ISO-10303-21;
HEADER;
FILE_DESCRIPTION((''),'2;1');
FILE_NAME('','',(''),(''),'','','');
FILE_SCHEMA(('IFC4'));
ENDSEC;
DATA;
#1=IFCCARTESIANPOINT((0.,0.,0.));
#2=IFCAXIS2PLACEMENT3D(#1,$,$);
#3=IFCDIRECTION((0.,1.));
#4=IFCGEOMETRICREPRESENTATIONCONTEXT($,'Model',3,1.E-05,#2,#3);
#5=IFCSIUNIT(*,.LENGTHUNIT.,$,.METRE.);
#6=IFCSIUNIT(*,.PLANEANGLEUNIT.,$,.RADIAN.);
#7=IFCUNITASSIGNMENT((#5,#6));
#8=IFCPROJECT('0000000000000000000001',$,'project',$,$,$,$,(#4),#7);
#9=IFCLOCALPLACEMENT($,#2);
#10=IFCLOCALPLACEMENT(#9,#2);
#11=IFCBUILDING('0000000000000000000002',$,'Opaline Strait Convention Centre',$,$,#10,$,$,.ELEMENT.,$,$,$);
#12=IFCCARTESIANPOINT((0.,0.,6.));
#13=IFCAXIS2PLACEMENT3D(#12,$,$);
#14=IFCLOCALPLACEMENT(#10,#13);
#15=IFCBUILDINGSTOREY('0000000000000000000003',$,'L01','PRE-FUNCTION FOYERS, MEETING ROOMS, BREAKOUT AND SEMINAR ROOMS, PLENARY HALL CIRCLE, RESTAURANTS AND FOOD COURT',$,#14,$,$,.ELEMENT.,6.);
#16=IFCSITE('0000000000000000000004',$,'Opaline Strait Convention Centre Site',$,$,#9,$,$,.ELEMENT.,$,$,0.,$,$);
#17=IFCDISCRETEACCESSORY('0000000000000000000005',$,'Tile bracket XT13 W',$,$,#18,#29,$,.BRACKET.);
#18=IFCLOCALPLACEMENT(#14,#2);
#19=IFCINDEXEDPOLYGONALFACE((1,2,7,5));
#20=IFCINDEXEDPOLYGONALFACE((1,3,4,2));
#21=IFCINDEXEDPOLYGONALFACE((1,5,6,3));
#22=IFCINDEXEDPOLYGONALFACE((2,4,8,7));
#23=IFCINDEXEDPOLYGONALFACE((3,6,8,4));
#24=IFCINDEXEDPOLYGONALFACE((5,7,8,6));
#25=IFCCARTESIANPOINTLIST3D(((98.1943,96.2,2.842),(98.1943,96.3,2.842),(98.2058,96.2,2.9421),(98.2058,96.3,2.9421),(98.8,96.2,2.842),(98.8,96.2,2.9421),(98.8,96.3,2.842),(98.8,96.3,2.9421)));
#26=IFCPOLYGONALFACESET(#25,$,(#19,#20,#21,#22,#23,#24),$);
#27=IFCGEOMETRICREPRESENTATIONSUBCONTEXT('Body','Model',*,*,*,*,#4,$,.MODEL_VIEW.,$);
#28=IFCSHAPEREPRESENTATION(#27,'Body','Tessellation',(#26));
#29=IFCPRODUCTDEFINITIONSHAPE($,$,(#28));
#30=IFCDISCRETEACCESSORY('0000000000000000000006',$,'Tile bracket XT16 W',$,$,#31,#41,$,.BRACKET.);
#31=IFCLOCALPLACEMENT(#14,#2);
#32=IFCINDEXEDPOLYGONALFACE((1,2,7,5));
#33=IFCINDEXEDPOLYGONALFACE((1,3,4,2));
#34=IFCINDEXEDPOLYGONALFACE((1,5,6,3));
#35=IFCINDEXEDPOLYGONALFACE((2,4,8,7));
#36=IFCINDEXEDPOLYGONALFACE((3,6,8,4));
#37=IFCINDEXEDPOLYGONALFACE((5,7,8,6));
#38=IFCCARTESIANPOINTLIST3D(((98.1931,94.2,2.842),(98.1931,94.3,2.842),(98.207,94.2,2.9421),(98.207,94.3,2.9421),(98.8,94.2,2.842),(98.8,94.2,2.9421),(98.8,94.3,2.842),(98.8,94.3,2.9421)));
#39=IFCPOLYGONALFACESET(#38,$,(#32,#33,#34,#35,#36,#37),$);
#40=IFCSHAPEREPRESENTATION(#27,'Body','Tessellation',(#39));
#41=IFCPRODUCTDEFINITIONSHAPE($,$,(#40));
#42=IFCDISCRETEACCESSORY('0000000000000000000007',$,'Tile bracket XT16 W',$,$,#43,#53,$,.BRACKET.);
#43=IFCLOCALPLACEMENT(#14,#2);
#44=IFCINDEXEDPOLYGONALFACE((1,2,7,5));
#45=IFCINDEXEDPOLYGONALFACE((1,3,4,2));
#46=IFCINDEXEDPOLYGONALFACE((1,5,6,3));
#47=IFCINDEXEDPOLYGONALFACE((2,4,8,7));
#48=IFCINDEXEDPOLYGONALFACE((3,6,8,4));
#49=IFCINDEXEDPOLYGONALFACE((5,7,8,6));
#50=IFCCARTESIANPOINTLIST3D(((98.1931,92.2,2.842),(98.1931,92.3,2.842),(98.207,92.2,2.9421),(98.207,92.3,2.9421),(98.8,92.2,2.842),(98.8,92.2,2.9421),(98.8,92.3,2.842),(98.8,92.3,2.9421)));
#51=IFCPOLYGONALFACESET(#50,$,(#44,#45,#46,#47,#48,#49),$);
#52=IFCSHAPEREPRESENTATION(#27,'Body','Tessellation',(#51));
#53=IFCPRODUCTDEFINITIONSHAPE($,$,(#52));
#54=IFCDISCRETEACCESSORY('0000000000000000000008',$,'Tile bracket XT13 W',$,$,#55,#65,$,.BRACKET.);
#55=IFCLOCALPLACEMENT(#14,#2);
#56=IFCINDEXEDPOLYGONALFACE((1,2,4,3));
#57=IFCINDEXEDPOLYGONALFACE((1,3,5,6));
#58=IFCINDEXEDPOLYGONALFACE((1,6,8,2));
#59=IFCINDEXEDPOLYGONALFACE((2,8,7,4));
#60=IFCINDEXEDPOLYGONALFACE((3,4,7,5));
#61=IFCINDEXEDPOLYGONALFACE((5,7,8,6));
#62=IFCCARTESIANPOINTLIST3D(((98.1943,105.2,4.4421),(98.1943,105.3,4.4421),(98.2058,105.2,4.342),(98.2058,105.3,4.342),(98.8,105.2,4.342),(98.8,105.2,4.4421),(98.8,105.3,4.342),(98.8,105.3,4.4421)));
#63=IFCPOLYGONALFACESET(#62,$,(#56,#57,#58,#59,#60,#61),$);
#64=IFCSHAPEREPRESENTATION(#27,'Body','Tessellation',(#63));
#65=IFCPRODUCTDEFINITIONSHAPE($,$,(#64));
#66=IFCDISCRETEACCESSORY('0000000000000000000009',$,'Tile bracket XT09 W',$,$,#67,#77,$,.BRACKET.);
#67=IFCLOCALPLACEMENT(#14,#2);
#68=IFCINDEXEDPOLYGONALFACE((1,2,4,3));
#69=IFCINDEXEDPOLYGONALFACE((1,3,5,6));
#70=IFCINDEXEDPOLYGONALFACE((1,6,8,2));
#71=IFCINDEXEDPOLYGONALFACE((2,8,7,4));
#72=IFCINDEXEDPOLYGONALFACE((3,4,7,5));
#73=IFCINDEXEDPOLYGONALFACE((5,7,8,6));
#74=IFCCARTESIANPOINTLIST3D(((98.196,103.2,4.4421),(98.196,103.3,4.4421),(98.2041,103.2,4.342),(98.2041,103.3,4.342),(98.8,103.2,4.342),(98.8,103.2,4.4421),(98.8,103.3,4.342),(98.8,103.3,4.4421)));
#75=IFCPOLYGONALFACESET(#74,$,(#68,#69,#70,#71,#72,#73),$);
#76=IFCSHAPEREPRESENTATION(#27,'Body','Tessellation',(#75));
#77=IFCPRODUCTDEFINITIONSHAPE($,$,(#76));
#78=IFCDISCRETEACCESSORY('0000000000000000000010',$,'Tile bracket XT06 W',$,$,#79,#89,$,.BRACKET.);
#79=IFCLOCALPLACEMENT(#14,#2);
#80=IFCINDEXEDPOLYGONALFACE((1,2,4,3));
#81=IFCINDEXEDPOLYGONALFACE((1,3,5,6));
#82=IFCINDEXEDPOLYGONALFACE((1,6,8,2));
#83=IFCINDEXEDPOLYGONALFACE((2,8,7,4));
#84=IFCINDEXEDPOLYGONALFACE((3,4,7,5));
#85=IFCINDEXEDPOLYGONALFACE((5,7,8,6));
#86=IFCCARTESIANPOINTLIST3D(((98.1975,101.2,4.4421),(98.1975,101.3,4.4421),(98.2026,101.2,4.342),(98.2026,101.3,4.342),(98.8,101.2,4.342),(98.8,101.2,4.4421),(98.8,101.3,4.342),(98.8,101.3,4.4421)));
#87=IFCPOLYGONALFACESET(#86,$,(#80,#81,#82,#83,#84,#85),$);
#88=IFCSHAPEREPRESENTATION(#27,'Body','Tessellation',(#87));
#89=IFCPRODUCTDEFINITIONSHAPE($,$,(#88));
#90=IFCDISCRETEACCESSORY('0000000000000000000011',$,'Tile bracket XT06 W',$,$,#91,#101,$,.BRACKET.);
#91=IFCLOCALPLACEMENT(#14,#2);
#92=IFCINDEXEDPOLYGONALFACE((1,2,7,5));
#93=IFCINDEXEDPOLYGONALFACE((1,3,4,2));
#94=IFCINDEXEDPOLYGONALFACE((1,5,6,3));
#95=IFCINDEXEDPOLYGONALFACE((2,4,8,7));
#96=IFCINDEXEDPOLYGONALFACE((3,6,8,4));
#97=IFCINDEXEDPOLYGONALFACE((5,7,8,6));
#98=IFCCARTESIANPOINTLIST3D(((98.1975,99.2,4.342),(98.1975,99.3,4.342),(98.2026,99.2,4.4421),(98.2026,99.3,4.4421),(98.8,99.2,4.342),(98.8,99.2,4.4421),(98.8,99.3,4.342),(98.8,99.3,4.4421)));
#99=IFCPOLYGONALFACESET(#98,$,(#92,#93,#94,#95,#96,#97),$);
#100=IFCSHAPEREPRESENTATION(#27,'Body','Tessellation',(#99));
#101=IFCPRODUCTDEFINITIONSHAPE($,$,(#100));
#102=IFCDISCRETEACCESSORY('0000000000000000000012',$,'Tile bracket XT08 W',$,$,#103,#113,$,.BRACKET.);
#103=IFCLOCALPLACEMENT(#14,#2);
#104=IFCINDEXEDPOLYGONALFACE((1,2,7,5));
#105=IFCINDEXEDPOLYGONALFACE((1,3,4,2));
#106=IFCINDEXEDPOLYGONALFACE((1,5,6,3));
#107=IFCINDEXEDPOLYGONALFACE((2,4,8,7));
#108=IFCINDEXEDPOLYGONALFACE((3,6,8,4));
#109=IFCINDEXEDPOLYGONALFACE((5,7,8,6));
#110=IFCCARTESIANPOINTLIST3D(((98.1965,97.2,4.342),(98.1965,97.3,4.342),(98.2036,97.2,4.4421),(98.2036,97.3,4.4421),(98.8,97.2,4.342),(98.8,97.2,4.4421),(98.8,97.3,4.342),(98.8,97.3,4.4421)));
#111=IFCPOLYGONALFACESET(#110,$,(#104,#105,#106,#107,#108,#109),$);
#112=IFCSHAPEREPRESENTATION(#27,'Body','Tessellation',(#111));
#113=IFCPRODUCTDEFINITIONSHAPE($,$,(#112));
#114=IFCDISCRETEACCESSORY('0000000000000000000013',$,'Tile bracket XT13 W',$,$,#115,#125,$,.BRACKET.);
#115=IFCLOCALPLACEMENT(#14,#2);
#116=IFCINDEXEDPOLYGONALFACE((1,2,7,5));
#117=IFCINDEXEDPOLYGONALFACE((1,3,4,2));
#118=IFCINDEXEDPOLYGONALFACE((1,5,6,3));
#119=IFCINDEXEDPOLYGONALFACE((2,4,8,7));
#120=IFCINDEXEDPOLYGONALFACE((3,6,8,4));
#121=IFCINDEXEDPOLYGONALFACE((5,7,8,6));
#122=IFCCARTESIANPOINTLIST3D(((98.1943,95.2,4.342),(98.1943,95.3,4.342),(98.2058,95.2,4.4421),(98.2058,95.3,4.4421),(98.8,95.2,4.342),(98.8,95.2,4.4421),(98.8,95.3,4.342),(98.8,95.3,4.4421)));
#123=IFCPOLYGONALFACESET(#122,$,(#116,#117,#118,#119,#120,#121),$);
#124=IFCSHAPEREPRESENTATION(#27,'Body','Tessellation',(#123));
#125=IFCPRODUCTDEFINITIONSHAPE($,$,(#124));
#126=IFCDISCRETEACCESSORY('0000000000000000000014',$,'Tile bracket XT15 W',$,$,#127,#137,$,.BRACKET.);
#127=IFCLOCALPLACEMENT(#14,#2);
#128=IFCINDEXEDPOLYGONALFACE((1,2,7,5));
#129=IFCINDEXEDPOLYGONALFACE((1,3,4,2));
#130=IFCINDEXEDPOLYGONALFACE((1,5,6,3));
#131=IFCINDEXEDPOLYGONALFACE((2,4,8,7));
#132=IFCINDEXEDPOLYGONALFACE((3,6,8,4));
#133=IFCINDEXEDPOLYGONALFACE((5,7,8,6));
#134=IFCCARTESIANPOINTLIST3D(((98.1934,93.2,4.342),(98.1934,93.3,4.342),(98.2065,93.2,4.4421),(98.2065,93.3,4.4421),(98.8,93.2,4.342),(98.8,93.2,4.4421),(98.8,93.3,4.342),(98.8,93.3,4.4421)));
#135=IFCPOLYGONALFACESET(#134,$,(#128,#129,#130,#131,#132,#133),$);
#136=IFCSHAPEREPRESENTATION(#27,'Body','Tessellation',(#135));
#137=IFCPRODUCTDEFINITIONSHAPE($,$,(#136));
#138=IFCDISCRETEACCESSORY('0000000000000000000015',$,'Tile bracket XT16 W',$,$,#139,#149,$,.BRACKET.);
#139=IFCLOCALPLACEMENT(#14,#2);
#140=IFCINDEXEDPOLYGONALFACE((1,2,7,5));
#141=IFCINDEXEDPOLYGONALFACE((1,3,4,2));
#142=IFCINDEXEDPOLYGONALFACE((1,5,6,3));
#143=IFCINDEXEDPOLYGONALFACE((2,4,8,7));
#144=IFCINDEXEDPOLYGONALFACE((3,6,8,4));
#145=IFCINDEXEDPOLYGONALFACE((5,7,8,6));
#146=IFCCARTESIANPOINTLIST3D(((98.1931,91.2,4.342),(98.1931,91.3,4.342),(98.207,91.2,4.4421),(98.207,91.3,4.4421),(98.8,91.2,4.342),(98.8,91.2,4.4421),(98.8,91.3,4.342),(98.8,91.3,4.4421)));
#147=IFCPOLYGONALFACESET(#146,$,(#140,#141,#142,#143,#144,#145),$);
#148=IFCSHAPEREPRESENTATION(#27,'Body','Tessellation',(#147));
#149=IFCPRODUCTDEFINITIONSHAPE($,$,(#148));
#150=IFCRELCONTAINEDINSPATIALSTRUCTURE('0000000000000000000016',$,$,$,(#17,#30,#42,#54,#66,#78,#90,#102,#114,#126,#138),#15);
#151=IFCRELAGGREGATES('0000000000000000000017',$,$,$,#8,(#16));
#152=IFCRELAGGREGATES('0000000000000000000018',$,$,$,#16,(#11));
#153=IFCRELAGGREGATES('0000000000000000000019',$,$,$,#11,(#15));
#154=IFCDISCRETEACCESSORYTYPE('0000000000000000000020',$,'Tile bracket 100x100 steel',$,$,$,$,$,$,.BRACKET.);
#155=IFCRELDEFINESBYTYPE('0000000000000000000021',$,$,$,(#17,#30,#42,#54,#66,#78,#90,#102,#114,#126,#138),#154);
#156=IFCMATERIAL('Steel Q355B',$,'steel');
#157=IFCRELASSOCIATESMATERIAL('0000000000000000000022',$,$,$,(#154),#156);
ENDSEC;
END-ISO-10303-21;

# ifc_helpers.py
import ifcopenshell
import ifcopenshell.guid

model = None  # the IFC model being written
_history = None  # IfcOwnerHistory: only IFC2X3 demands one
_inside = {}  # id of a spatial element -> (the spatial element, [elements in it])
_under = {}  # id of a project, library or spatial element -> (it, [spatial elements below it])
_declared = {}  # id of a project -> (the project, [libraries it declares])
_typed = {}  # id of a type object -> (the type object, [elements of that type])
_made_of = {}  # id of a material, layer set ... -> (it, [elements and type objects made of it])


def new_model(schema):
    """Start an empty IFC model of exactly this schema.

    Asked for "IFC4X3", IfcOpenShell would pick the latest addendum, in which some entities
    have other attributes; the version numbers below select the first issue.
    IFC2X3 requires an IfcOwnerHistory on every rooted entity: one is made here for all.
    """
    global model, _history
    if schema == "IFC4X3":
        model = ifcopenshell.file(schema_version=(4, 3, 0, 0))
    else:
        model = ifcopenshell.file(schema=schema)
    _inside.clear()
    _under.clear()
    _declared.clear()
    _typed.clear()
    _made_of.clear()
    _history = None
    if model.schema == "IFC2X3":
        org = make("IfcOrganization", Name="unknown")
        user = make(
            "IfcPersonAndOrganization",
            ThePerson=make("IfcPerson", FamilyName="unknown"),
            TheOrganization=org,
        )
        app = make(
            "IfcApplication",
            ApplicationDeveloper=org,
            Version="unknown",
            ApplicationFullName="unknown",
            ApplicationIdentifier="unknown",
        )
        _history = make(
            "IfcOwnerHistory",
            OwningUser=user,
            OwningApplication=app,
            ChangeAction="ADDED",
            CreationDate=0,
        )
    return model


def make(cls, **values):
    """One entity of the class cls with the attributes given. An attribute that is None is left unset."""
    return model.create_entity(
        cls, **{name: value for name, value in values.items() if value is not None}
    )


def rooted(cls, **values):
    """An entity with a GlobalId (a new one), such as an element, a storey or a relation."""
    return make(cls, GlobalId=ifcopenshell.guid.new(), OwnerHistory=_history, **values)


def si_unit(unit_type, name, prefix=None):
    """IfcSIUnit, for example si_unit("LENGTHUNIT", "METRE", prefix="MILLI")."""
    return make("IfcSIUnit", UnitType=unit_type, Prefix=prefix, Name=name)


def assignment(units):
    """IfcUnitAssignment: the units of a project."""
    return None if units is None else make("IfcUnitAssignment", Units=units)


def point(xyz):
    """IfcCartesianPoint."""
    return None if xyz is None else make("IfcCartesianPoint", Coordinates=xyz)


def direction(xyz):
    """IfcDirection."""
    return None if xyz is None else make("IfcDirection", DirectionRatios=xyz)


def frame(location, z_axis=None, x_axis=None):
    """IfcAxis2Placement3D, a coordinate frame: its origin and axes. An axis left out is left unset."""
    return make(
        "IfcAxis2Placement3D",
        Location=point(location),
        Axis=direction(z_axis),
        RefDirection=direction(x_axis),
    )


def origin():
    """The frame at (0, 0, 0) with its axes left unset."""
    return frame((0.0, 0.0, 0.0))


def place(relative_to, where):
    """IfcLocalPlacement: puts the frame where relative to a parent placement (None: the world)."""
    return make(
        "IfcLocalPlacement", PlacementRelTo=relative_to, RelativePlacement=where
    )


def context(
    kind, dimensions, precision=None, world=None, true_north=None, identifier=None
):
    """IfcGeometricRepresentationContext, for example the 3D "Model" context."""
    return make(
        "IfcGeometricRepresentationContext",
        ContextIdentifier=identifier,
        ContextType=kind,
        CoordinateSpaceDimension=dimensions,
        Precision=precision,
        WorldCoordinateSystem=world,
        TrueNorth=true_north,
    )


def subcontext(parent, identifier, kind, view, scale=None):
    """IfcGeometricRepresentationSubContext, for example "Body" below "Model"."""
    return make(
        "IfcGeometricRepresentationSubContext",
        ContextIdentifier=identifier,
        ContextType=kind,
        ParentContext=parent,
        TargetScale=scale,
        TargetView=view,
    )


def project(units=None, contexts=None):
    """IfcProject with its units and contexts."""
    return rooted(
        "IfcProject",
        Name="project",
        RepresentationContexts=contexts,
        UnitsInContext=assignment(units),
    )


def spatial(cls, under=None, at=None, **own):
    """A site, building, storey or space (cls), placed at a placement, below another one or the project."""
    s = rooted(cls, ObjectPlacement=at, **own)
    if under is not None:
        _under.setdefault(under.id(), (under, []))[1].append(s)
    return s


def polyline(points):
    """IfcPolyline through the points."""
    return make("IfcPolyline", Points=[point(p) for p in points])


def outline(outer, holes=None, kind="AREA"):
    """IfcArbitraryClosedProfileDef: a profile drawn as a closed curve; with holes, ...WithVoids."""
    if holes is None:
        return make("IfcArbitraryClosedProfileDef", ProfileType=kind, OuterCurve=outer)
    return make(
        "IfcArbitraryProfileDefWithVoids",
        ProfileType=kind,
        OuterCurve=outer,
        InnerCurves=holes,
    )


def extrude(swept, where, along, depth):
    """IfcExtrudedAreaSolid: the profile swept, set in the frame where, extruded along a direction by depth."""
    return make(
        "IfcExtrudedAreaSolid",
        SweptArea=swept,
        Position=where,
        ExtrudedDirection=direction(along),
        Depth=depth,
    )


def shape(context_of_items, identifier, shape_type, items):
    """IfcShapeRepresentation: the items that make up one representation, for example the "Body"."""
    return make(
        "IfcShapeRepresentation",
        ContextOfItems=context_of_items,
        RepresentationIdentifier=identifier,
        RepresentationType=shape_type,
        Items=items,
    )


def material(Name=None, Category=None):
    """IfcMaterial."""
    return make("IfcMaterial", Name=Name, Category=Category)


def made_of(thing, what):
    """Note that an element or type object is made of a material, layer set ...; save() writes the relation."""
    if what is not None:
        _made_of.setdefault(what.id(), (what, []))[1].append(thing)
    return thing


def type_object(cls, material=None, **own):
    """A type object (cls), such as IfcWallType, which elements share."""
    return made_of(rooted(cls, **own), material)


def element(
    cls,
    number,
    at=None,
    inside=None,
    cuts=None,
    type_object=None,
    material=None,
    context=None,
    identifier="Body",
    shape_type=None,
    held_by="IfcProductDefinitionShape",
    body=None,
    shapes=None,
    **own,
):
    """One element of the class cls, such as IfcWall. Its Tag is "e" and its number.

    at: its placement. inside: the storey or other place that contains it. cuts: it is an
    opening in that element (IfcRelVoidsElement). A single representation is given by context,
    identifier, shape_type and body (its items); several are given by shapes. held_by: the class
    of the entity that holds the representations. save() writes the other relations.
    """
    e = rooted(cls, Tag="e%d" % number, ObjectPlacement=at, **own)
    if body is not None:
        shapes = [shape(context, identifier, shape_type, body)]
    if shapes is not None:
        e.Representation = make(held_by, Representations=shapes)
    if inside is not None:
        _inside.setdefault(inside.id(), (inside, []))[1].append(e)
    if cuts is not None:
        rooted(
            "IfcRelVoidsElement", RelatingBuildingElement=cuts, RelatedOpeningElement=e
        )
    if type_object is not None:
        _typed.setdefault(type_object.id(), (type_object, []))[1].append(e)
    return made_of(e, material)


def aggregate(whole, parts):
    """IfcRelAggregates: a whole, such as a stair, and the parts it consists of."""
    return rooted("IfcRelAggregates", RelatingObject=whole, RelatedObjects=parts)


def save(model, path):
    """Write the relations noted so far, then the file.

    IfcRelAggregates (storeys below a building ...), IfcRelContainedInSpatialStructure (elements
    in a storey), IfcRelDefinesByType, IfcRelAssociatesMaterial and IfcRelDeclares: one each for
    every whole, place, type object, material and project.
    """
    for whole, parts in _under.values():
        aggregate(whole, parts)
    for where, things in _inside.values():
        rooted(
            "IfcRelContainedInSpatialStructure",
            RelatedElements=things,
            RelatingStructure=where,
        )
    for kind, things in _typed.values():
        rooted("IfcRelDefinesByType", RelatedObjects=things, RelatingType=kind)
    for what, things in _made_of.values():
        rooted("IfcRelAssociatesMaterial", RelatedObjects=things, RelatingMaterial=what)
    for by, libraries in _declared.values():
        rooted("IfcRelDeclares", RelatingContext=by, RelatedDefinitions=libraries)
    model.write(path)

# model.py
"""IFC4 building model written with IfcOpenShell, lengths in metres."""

from ifc_helpers import new_model, si_unit, direction, frame, origin, place, context, subcontext, project, spatial, polyline, outline, extrude, material, type_object, element, save


model = new_model("IFC4")

# Units and contexts
model_context = context("Model", 3, precision=1e-05, world=origin(), true_north=direction((0.0, 1.0)))
body_context = subcontext(model_context, "Body", "Model", "MODEL_VIEW")
ifc_project = project(units=[si_unit("LENGTHUNIT", "METRE"), si_unit("PLANEANGLEUNIT", "RADIAN")], contexts=[model_context])

# Site, building, storey
site_placement = place(None, origin())
site = spatial("IfcSite", under=ifc_project, at=site_placement, Name="Opaline Strait Convention Centre Site", CompositionType="ELEMENT", RefElevation=0.0)
building_placement = place(site_placement, origin())
building = spatial("IfcBuilding", under=site, at=building_placement, Name="Opaline Strait Convention Centre", CompositionType="ELEMENT")
storey_placement = place(building_placement, frame((0.0, 0.0, 6.0)))
storey = spatial("IfcBuildingStorey", under=building, at=storey_placement, Name="L01", Description="PRE-FUNCTION FOYERS, MEETING ROOMS, BREAKOUT AND SEMINAR ROOMS, PLENARY HALL CIRCLE, RESTAURANTS AND FOOD COURT", CompositionType="ELEMENT", Elevation=6.0)

# Discrete accessories
ifc_material_1 = material(Name="Steel Q355B", Category="steel")
discrete_accessory_type = type_object("IfcDiscreteAccessoryType", Name="Tile bracket 100x100 steel", PredefinedType="BRACKET", material=ifc_material_1)
discrete_accessory_1_placement = place(storey_placement, frame((98.8, 96.3, 2.8921), z_axis=(0.0, -1.0, 0.0), x_axis=(1.0, 0.0, 0.0)))
element("IfcDiscreteAccessory", 1, at=discrete_accessory_1_placement, inside=storey, type_object=discrete_accessory_type, Name="Tile bracket XT13 W", PredefinedType="BRACKET", context=body_context, shape_type="SweptSolid", body=[
    extrude(outline(polyline([(0.0, -0.05), (0.0, 0.05), (-0.5942, 0.05), (-0.6057, -0.05), (0.0, -0.05)])), origin(), (0.0, 0.0, 1.0), 0.1001),
])
for number, where, z_axis, x_axis, name in (
    (2, (98.8, 94.3, 2.8921), (0.0, -1.0, 0.0), (1.0, 0.0, 0.0), "Tile bracket XT16 W"),
    (3, (98.8, 92.3, 2.8921), (0.0, -1.0, 0.0), (1.0, 0.0, 0.0), "Tile bracket XT16 W"),
):
    element("IfcDiscreteAccessory", number, at=place(storey_placement, frame(where, z_axis=z_axis, x_axis=x_axis)), inside=storey, type_object=discrete_accessory_type, Name=name, PredefinedType="BRACKET", context=body_context, shape_type="SweptSolid", body=[
        extrude(outline(polyline([(0.0, -0.05), (0.0, 0.05), (-0.593, 0.05), (-0.6069, -0.05), (0.0, -0.05)])), origin(), (0.0, 0.0, 1.0), 0.1001),
    ])
discrete_accessory_2_placement = place(storey_placement, frame((98.8, 105.3, 4.3921), z_axis=(0.0, -1.0, 0.0), x_axis=(1.0, 0.0, 0.0)))
element("IfcDiscreteAccessory", 4, at=discrete_accessory_2_placement, inside=storey, type_object=discrete_accessory_type, Name="Tile bracket XT13 W", PredefinedType="BRACKET", context=body_context, shape_type="SweptSolid", body=[
    extrude(outline(polyline([(0.0, -0.05), (0.0, 0.05), (-0.6057, 0.05), (-0.5942, -0.05), (0.0, -0.05)])), origin(), (0.0, 0.0, 1.0), 0.1001),
])
discrete_accessory_3_placement = place(storey_placement, frame((98.8, 103.3, 4.3921), z_axis=(0.0, -1.0, 0.0), x_axis=(1.0, 0.0, 0.0)))
element("IfcDiscreteAccessory", 5, at=discrete_accessory_3_placement, inside=storey, type_object=discrete_accessory_type, Name="Tile bracket XT09 W", PredefinedType="BRACKET", context=body_context, shape_type="SweptSolid", body=[
    extrude(outline(polyline([(0.0, -0.05), (0.0, 0.05), (-0.604, 0.05), (-0.5959, -0.05), (0.0, -0.05)])), origin(), (0.0, 0.0, 1.0), 0.1001),
])
discrete_accessory_4_placement = place(storey_placement, frame((98.8, 101.3, 4.3921), z_axis=(0.0, -1.0, 0.0), x_axis=(1.0, 0.0, 0.0)))
element("IfcDiscreteAccessory", 6, at=discrete_accessory_4_placement, inside=storey, type_object=discrete_accessory_type, Name="Tile bracket XT06 W", PredefinedType="BRACKET", context=body_context, shape_type="SweptSolid", body=[
    extrude(outline(polyline([(0.0, -0.05), (0.0, 0.05), (-0.6025, 0.05), (-0.5974, -0.05), (0.0, -0.05)])), origin(), (0.0, 0.0, 1.0), 0.1001),
])
discrete_accessory_5_placement = place(storey_placement, frame((98.8, 99.3, 4.3921), z_axis=(0.0, -1.0, 0.0), x_axis=(1.0, 0.0, 0.0)))
element("IfcDiscreteAccessory", 7, at=discrete_accessory_5_placement, inside=storey, type_object=discrete_accessory_type, Name="Tile bracket XT06 W", PredefinedType="BRACKET", context=body_context, shape_type="SweptSolid", body=[
    extrude(outline(polyline([(0.0, -0.05), (0.0, 0.05), (-0.5974, 0.05), (-0.6025, -0.05), (0.0, -0.05)])), origin(), (0.0, 0.0, 1.0), 0.1001),
])
discrete_accessory_6_placement = place(storey_placement, frame((98.8, 97.3, 4.3921), z_axis=(0.0, -1.0, 0.0), x_axis=(1.0, 0.0, 0.0)))
element("IfcDiscreteAccessory", 8, at=discrete_accessory_6_placement, inside=storey, type_object=discrete_accessory_type, Name="Tile bracket XT08 W", PredefinedType="BRACKET", context=body_context, shape_type="SweptSolid", body=[
    extrude(outline(polyline([(0.0, -0.05), (0.0, 0.05), (-0.5964, 0.05), (-0.6035, -0.05), (0.0, -0.05)])), origin(), (0.0, 0.0, 1.0), 0.1001),
])
discrete_accessory_7_placement = place(storey_placement, frame((98.8, 95.3, 4.3921), z_axis=(0.0, -1.0, 0.0), x_axis=(1.0, 0.0, 0.0)))
element("IfcDiscreteAccessory", 9, at=discrete_accessory_7_placement, inside=storey, type_object=discrete_accessory_type, Name="Tile bracket XT13 W", PredefinedType="BRACKET", context=body_context, shape_type="SweptSolid", body=[
    extrude(outline(polyline([(0.0, -0.05), (0.0, 0.05), (-0.5942, 0.05), (-0.6057, -0.05), (0.0, -0.05)])), origin(), (0.0, 0.0, 1.0), 0.1001),
])
discrete_accessory_8_placement = place(storey_placement, frame((98.8, 93.3, 4.3921), z_axis=(0.0, -1.0, 0.0), x_axis=(1.0, 0.0, 0.0)))
element("IfcDiscreteAccessory", 10, at=discrete_accessory_8_placement, inside=storey, type_object=discrete_accessory_type, Name="Tile bracket XT15 W", PredefinedType="BRACKET", context=body_context, shape_type="SweptSolid", body=[
    extrude(outline(polyline([(0.0, -0.05), (0.0, 0.05), (-0.5935, 0.05), (-0.6067, -0.05), (0.0, -0.05)])), origin(), (0.0, 0.0, 1.0), 0.1001),
])
discrete_accessory_9_placement = place(storey_placement, frame((98.8, 91.3, 4.3921), z_axis=(0.0, -1.0, 0.0), x_axis=(1.0, 0.0, 0.0)))
element("IfcDiscreteAccessory", 11, at=discrete_accessory_9_placement, inside=storey, type_object=discrete_accessory_type, Name="Tile bracket XT16 W", PredefinedType="BRACKET", context=body_context, shape_type="SweptSolid", body=[
    extrude(outline(polyline([(0.0, -0.05), (0.0, 0.05), (-0.593, 0.05), (-0.6069, -0.05), (0.0, -0.05)])), origin(), (0.0, 0.0, 1.0), 0.1001),
])

save(model, "model.ifc")
